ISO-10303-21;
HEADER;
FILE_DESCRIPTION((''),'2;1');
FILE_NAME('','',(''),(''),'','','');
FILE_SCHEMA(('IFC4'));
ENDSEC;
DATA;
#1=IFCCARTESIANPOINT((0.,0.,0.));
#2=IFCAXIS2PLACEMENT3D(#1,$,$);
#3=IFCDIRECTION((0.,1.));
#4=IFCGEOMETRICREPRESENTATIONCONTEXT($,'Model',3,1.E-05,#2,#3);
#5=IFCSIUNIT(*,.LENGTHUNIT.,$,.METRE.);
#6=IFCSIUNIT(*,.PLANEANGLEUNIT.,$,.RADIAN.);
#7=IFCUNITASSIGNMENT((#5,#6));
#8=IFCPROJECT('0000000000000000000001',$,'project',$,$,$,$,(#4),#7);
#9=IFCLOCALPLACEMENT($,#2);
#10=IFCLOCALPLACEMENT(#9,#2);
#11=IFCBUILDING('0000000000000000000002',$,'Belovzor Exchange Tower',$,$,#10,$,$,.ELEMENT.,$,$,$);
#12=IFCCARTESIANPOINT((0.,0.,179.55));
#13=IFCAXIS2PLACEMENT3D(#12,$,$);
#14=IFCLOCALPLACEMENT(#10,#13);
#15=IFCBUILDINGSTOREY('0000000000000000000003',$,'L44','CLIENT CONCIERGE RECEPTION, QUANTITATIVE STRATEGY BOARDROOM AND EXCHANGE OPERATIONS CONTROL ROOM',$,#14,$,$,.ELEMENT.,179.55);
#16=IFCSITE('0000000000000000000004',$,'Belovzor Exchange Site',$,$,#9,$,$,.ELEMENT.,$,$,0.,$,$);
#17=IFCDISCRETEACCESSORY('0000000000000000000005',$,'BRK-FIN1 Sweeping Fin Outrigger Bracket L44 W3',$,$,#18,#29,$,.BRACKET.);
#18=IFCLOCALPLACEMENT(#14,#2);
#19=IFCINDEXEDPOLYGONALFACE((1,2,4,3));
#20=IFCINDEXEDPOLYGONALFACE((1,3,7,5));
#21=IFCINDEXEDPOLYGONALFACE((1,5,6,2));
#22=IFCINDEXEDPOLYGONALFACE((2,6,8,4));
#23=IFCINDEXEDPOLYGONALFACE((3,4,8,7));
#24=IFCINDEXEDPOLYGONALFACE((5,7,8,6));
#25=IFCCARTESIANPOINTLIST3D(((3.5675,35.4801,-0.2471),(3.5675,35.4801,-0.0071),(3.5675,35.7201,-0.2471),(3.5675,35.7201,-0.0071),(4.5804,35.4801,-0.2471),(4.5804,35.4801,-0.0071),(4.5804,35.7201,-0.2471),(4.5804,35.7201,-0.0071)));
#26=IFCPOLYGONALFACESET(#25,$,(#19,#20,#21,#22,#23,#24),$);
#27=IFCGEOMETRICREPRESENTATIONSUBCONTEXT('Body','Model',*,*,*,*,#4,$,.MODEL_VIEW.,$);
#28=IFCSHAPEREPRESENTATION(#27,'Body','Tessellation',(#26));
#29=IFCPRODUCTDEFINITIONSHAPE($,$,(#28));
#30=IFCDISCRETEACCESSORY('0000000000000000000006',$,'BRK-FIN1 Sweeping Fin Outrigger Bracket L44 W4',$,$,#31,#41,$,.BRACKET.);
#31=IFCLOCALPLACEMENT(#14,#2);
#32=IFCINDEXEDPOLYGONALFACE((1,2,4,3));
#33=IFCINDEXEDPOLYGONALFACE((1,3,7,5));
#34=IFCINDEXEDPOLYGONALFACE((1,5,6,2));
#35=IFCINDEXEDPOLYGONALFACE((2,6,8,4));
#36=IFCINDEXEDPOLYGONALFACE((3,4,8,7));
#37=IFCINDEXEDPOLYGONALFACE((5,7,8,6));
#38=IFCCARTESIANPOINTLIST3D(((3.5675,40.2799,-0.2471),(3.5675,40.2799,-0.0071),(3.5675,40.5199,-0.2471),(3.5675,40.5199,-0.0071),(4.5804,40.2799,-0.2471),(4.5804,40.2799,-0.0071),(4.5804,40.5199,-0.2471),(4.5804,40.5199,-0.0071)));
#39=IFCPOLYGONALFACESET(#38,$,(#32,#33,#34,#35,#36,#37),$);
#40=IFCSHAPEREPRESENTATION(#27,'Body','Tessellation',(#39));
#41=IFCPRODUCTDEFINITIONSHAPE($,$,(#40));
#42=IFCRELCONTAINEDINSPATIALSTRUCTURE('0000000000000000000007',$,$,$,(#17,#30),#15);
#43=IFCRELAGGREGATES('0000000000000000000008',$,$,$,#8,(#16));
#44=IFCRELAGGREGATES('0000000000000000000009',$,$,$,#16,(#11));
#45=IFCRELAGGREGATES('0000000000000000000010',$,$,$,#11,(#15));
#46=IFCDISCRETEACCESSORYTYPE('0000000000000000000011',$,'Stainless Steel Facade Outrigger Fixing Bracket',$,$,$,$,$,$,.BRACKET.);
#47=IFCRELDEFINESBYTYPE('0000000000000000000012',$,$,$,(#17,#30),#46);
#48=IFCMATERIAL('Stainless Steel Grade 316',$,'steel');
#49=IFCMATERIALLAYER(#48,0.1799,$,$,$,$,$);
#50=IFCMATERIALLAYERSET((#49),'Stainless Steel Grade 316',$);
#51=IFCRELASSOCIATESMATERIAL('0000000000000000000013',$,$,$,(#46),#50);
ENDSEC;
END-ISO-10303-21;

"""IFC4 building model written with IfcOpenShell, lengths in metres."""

from ifc_helpers import new_model, si_unit, direction, frame, origin, origin_2d, place, context, subcontext, project, spatial, rectangle, extrude, material, layer, layer_set, type_object, element, save


model = new_model("IFC4")

# Units and contexts
model_context = context("Model", 3, precision=1e-05, world=origin(), true_north=direction((0.0, 1.0)))
body_context = subcontext(model_context, "Body", "Model", "MODEL_VIEW")
ifc_project = project(units=[si_unit("LENGTHUNIT", "METRE"), si_unit("PLANEANGLEUNIT", "RADIAN")], contexts=[model_context])

# Site, building, storey
site_placement = place(None, origin())
site = spatial("IfcSite", under=ifc_project, at=site_placement, Name="Belovzor Exchange Site", CompositionType="ELEMENT", RefElevation=0.0)
building_placement = place(site_placement, origin())
building = spatial("IfcBuilding", under=site, at=building_placement, Name="Belovzor Exchange Tower", CompositionType="ELEMENT")
storey_placement = place(building_placement, frame((0.0, 0.0, 179.55)))
storey = spatial("IfcBuildingStorey", under=building, at=storey_placement, Name="L44", Description="CLIENT CONCIERGE RECEPTION, QUANTITATIVE STRATEGY BOARDROOM AND EXCHANGE OPERATIONS CONTROL ROOM", CompositionType="ELEMENT", Elevation=179.55)

# Discrete accessories
ifc_material_1 = material(Name="Stainless Steel Grade 316", Category="steel")
ifc_layer_1 = layer(ifc_material_1, 0.1799)
ifc_layer_set_1 = layer_set([ifc_layer_1], Name="Stainless Steel Grade 316")
discrete_accessory_type = type_object("IfcDiscreteAccessoryType", Name="Stainless Steel Facade Outrigger Fixing Bracket", PredefinedType="BRACKET", material=ifc_layer_set_1)
for number, where, z_axis, x_axis, name in (
    (1, (4.074, 35.6001, -0.2471), (0.0, 0.0, 1.0), (1.0, 0.0, 0.0), "BRK-FIN1 Sweeping Fin Outrigger Bracket L44 W3"),
    (2, (4.074, 40.3999, -0.2471), (0.0, 0.0, 1.0), (1.0, 0.0, 0.0), "BRK-FIN1 Sweeping Fin Outrigger Bracket L44 W4"),
):
    element("IfcDiscreteAccessory", number, at=place(storey_placement, frame(where, z_axis=z_axis, x_axis=x_axis)), inside=storey, type_object=discrete_accessory_type, Name=name, PredefinedType="BRACKET", context=body_context, shape_type="SweptSolid", body=[
        extrude(rectangle(XDim=1.0129, YDim=0.24, at=origin_2d()), origin(), (0.0, 0.0, 1.0), 0.24),
    ])

save(model, "model.ifc")
